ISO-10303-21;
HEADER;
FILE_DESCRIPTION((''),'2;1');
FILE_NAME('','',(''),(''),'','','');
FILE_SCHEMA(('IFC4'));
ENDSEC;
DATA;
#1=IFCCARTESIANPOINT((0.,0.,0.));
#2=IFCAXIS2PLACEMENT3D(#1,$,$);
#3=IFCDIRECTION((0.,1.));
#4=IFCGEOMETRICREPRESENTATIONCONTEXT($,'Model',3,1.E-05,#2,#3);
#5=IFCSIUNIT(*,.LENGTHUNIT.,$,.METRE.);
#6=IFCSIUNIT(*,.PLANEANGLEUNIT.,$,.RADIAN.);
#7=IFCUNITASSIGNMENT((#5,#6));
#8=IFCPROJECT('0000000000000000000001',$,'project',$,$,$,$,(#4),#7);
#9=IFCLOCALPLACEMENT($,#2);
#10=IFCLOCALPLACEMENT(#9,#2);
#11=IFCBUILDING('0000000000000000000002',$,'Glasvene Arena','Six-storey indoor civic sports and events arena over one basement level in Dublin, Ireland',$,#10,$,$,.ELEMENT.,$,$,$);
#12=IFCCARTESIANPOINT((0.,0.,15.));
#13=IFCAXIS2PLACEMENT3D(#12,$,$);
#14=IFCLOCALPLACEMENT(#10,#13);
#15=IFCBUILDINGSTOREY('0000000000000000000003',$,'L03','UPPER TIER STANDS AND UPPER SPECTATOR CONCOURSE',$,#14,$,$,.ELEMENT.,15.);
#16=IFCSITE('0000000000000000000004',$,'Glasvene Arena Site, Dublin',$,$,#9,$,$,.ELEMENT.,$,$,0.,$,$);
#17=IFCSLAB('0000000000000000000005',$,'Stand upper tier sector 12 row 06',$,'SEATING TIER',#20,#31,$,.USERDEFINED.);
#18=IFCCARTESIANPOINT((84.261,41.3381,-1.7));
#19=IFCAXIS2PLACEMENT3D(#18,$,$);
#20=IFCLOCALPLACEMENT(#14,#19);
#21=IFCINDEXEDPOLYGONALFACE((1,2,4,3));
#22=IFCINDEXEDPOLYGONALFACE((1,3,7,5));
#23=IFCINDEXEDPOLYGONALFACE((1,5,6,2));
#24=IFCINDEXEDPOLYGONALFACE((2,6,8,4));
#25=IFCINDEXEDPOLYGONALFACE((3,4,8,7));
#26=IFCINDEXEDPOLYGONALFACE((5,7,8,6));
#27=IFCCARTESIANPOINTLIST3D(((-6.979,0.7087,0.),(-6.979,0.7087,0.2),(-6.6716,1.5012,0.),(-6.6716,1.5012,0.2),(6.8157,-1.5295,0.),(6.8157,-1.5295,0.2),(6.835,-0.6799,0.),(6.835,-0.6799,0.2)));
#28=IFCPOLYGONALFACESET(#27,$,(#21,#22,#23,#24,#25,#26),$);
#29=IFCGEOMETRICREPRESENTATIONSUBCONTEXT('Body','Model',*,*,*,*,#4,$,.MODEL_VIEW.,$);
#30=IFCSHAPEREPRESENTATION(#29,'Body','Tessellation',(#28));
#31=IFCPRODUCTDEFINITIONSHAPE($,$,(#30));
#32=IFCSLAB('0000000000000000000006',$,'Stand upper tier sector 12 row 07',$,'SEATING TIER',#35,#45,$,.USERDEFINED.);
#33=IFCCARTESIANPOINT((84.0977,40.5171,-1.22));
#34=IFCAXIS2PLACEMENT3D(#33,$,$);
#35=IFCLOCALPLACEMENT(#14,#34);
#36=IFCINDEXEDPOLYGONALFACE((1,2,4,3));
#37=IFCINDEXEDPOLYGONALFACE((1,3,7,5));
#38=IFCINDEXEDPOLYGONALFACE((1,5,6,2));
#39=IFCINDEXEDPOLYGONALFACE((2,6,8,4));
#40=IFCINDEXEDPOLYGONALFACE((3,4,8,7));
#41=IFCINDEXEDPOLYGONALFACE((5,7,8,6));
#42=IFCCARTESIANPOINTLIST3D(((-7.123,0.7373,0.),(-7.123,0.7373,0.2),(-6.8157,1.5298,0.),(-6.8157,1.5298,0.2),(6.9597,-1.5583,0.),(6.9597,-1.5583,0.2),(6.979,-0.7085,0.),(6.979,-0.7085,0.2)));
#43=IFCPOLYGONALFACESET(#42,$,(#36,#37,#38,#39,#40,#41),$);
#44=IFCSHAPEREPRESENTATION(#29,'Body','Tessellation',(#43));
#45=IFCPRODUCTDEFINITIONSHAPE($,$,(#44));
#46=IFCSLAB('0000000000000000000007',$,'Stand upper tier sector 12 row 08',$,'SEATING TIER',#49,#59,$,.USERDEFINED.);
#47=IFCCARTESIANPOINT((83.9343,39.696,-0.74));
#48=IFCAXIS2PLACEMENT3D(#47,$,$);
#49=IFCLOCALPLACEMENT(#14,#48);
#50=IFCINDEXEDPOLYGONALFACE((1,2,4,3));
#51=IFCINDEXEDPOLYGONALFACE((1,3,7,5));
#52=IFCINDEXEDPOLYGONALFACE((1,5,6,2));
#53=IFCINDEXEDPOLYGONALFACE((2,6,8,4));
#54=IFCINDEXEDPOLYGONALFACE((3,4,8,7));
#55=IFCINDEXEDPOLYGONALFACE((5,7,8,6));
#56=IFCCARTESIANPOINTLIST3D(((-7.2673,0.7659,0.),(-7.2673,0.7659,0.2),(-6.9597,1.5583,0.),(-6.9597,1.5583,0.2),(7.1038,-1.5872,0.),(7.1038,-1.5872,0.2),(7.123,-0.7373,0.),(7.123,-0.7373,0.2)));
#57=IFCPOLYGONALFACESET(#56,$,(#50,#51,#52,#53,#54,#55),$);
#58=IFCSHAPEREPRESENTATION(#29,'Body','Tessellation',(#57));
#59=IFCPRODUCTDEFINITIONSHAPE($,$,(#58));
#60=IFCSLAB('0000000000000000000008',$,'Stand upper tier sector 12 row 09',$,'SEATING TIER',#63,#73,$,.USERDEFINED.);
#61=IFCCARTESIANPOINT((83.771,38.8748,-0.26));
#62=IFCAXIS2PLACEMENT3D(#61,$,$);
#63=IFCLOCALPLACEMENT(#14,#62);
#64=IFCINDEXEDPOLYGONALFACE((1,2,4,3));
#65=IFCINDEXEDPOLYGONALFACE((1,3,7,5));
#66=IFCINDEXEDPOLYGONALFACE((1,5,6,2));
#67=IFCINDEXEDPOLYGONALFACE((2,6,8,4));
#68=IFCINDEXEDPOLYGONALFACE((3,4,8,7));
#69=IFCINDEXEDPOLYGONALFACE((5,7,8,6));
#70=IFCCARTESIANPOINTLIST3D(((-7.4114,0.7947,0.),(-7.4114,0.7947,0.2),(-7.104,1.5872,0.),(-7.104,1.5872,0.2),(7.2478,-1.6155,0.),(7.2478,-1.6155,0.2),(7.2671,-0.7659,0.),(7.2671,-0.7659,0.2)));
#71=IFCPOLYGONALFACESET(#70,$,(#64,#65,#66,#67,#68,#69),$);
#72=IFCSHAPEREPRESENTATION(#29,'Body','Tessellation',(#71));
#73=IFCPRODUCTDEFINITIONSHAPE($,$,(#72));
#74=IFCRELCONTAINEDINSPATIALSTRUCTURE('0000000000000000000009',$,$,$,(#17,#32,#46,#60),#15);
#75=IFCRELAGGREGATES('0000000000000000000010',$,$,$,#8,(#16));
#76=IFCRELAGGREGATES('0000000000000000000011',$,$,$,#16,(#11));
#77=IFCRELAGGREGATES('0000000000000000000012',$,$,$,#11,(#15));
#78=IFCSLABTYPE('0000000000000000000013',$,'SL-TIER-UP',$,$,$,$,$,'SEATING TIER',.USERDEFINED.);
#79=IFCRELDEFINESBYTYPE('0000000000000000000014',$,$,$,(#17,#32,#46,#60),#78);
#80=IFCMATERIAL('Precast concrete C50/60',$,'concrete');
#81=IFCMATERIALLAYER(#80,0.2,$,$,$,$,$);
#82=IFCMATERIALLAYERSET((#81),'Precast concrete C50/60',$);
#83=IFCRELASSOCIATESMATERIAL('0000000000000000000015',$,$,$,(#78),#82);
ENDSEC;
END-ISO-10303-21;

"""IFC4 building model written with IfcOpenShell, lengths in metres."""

from ifc_helpers import new_model, si_unit, direction, frame, origin, place, context, subcontext, project, spatial, polyline, outline, extrude, material, layer, layer_set, type_object, element, save


model = new_model("IFC4")

# Units and contexts
model_context = context("Model", 3, precision=1e-05, world=origin(), true_north=direction((0.0, 1.0)))
body_context = subcontext(model_context, "Body", "Model", "MODEL_VIEW")
ifc_project = project(units=[si_unit("LENGTHUNIT", "METRE"), si_unit("PLANEANGLEUNIT", "RADIAN")], contexts=[model_context])

# Site, building, storey
site_placement = place(None, origin())
site = spatial("IfcSite", under=ifc_project, at=site_placement, Name="Glasvene Arena Site, Dublin", CompositionType="ELEMENT", RefElevation=0.0)
building_placement = place(site_placement, origin())
building = spatial("IfcBuilding", under=site, at=building_placement, Name="Glasvene Arena", Description="Six-storey indoor civic sports and events arena over one basement level in Dublin, Ireland", CompositionType="ELEMENT")
storey_placement = place(building_placement, frame((0.0, 0.0, 15.0)))
storey = spatial("IfcBuildingStorey", under=building, at=storey_placement, Name="L03", Description="UPPER TIER STANDS AND UPPER SPECTATOR CONCOURSE", CompositionType="ELEMENT", Elevation=15.0)

# Shared definitions
ifc_material_1 = material(Name="Precast concrete C50/60", Category="concrete")

# Slabs
ifc_layer = layer(ifc_material_1, 0.2)
ifc_layer_set = layer_set([ifc_layer], Name="Precast concrete C50/60")
slab_type = type_object("IfcSlabType", Name="SL-TIER-UP", ElementType="SEATING TIER", PredefinedType="USERDEFINED", material=ifc_layer_set)
slab_1_placement = place(storey_placement, frame((84.261, 41.3381, -1.7)))
element("IfcSlab", 1, at=slab_1_placement, inside=storey, type_object=slab_type, Name="Stand upper tier sector 12 row 06", ObjectType="SEATING TIER", PredefinedType="USERDEFINED", context=body_context, shape_type="SweptSolid", body=[
    extrude(outline(polyline([(-6.6716, 1.5012), (6.835, -0.6799), (6.8157, -1.5295), (-6.979, 0.7087), (-6.6716, 1.5012)])), origin(), (0.0, 0.0, 1.0), 0.2),
])
slab_2_placement = place(storey_placement, frame((84.0977, 40.5171, -1.22)))
element("IfcSlab", 2, at=slab_2_placement, inside=storey, type_object=slab_type, Name="Stand upper tier sector 12 row 07", ObjectType="SEATING TIER", PredefinedType="USERDEFINED", context=body_context, shape_type="SweptSolid", body=[
    extrude(outline(polyline([(-6.8157, 1.5298), (6.979, -0.7085), (6.9597, -1.5583), (-7.123, 0.7373), (-6.8157, 1.5298)])), origin(), (0.0, 0.0, 1.0), 0.2),
])
slab_3_placement = place(storey_placement, frame((83.9343, 39.696, -0.74)))
element("IfcSlab", 3, at=slab_3_placement, inside=storey, type_object=slab_type, Name="Stand upper tier sector 12 row 08", ObjectType="SEATING TIER", PredefinedType="USERDEFINED", context=body_context, shape_type="SweptSolid", body=[
    extrude(outline(polyline([(-6.9597, 1.5583), (7.123, -0.7373), (7.1038, -1.5872), (-7.2673, 0.7659), (-6.9597, 1.5583)])), origin(), (0.0, 0.0, 1.0), 0.2),
])
slab_4_placement = place(storey_placement, frame((83.771, 38.8748, -0.26)))
element("IfcSlab", 4, at=slab_4_placement, inside=storey, type_object=slab_type, Name="Stand upper tier sector 12 row 09", ObjectType="SEATING TIER", PredefinedType="USERDEFINED", context=body_context, shape_type="SweptSolid", body=[
    extrude(outline(polyline([(-7.104, 1.5872), (7.2671, -0.7659), (7.2478, -1.6155), (-7.4114, 0.7947), (-7.104, 1.5872)])), origin(), (0.0, 0.0, 1.0), 0.2),
])

save(model, "model.ifc")
